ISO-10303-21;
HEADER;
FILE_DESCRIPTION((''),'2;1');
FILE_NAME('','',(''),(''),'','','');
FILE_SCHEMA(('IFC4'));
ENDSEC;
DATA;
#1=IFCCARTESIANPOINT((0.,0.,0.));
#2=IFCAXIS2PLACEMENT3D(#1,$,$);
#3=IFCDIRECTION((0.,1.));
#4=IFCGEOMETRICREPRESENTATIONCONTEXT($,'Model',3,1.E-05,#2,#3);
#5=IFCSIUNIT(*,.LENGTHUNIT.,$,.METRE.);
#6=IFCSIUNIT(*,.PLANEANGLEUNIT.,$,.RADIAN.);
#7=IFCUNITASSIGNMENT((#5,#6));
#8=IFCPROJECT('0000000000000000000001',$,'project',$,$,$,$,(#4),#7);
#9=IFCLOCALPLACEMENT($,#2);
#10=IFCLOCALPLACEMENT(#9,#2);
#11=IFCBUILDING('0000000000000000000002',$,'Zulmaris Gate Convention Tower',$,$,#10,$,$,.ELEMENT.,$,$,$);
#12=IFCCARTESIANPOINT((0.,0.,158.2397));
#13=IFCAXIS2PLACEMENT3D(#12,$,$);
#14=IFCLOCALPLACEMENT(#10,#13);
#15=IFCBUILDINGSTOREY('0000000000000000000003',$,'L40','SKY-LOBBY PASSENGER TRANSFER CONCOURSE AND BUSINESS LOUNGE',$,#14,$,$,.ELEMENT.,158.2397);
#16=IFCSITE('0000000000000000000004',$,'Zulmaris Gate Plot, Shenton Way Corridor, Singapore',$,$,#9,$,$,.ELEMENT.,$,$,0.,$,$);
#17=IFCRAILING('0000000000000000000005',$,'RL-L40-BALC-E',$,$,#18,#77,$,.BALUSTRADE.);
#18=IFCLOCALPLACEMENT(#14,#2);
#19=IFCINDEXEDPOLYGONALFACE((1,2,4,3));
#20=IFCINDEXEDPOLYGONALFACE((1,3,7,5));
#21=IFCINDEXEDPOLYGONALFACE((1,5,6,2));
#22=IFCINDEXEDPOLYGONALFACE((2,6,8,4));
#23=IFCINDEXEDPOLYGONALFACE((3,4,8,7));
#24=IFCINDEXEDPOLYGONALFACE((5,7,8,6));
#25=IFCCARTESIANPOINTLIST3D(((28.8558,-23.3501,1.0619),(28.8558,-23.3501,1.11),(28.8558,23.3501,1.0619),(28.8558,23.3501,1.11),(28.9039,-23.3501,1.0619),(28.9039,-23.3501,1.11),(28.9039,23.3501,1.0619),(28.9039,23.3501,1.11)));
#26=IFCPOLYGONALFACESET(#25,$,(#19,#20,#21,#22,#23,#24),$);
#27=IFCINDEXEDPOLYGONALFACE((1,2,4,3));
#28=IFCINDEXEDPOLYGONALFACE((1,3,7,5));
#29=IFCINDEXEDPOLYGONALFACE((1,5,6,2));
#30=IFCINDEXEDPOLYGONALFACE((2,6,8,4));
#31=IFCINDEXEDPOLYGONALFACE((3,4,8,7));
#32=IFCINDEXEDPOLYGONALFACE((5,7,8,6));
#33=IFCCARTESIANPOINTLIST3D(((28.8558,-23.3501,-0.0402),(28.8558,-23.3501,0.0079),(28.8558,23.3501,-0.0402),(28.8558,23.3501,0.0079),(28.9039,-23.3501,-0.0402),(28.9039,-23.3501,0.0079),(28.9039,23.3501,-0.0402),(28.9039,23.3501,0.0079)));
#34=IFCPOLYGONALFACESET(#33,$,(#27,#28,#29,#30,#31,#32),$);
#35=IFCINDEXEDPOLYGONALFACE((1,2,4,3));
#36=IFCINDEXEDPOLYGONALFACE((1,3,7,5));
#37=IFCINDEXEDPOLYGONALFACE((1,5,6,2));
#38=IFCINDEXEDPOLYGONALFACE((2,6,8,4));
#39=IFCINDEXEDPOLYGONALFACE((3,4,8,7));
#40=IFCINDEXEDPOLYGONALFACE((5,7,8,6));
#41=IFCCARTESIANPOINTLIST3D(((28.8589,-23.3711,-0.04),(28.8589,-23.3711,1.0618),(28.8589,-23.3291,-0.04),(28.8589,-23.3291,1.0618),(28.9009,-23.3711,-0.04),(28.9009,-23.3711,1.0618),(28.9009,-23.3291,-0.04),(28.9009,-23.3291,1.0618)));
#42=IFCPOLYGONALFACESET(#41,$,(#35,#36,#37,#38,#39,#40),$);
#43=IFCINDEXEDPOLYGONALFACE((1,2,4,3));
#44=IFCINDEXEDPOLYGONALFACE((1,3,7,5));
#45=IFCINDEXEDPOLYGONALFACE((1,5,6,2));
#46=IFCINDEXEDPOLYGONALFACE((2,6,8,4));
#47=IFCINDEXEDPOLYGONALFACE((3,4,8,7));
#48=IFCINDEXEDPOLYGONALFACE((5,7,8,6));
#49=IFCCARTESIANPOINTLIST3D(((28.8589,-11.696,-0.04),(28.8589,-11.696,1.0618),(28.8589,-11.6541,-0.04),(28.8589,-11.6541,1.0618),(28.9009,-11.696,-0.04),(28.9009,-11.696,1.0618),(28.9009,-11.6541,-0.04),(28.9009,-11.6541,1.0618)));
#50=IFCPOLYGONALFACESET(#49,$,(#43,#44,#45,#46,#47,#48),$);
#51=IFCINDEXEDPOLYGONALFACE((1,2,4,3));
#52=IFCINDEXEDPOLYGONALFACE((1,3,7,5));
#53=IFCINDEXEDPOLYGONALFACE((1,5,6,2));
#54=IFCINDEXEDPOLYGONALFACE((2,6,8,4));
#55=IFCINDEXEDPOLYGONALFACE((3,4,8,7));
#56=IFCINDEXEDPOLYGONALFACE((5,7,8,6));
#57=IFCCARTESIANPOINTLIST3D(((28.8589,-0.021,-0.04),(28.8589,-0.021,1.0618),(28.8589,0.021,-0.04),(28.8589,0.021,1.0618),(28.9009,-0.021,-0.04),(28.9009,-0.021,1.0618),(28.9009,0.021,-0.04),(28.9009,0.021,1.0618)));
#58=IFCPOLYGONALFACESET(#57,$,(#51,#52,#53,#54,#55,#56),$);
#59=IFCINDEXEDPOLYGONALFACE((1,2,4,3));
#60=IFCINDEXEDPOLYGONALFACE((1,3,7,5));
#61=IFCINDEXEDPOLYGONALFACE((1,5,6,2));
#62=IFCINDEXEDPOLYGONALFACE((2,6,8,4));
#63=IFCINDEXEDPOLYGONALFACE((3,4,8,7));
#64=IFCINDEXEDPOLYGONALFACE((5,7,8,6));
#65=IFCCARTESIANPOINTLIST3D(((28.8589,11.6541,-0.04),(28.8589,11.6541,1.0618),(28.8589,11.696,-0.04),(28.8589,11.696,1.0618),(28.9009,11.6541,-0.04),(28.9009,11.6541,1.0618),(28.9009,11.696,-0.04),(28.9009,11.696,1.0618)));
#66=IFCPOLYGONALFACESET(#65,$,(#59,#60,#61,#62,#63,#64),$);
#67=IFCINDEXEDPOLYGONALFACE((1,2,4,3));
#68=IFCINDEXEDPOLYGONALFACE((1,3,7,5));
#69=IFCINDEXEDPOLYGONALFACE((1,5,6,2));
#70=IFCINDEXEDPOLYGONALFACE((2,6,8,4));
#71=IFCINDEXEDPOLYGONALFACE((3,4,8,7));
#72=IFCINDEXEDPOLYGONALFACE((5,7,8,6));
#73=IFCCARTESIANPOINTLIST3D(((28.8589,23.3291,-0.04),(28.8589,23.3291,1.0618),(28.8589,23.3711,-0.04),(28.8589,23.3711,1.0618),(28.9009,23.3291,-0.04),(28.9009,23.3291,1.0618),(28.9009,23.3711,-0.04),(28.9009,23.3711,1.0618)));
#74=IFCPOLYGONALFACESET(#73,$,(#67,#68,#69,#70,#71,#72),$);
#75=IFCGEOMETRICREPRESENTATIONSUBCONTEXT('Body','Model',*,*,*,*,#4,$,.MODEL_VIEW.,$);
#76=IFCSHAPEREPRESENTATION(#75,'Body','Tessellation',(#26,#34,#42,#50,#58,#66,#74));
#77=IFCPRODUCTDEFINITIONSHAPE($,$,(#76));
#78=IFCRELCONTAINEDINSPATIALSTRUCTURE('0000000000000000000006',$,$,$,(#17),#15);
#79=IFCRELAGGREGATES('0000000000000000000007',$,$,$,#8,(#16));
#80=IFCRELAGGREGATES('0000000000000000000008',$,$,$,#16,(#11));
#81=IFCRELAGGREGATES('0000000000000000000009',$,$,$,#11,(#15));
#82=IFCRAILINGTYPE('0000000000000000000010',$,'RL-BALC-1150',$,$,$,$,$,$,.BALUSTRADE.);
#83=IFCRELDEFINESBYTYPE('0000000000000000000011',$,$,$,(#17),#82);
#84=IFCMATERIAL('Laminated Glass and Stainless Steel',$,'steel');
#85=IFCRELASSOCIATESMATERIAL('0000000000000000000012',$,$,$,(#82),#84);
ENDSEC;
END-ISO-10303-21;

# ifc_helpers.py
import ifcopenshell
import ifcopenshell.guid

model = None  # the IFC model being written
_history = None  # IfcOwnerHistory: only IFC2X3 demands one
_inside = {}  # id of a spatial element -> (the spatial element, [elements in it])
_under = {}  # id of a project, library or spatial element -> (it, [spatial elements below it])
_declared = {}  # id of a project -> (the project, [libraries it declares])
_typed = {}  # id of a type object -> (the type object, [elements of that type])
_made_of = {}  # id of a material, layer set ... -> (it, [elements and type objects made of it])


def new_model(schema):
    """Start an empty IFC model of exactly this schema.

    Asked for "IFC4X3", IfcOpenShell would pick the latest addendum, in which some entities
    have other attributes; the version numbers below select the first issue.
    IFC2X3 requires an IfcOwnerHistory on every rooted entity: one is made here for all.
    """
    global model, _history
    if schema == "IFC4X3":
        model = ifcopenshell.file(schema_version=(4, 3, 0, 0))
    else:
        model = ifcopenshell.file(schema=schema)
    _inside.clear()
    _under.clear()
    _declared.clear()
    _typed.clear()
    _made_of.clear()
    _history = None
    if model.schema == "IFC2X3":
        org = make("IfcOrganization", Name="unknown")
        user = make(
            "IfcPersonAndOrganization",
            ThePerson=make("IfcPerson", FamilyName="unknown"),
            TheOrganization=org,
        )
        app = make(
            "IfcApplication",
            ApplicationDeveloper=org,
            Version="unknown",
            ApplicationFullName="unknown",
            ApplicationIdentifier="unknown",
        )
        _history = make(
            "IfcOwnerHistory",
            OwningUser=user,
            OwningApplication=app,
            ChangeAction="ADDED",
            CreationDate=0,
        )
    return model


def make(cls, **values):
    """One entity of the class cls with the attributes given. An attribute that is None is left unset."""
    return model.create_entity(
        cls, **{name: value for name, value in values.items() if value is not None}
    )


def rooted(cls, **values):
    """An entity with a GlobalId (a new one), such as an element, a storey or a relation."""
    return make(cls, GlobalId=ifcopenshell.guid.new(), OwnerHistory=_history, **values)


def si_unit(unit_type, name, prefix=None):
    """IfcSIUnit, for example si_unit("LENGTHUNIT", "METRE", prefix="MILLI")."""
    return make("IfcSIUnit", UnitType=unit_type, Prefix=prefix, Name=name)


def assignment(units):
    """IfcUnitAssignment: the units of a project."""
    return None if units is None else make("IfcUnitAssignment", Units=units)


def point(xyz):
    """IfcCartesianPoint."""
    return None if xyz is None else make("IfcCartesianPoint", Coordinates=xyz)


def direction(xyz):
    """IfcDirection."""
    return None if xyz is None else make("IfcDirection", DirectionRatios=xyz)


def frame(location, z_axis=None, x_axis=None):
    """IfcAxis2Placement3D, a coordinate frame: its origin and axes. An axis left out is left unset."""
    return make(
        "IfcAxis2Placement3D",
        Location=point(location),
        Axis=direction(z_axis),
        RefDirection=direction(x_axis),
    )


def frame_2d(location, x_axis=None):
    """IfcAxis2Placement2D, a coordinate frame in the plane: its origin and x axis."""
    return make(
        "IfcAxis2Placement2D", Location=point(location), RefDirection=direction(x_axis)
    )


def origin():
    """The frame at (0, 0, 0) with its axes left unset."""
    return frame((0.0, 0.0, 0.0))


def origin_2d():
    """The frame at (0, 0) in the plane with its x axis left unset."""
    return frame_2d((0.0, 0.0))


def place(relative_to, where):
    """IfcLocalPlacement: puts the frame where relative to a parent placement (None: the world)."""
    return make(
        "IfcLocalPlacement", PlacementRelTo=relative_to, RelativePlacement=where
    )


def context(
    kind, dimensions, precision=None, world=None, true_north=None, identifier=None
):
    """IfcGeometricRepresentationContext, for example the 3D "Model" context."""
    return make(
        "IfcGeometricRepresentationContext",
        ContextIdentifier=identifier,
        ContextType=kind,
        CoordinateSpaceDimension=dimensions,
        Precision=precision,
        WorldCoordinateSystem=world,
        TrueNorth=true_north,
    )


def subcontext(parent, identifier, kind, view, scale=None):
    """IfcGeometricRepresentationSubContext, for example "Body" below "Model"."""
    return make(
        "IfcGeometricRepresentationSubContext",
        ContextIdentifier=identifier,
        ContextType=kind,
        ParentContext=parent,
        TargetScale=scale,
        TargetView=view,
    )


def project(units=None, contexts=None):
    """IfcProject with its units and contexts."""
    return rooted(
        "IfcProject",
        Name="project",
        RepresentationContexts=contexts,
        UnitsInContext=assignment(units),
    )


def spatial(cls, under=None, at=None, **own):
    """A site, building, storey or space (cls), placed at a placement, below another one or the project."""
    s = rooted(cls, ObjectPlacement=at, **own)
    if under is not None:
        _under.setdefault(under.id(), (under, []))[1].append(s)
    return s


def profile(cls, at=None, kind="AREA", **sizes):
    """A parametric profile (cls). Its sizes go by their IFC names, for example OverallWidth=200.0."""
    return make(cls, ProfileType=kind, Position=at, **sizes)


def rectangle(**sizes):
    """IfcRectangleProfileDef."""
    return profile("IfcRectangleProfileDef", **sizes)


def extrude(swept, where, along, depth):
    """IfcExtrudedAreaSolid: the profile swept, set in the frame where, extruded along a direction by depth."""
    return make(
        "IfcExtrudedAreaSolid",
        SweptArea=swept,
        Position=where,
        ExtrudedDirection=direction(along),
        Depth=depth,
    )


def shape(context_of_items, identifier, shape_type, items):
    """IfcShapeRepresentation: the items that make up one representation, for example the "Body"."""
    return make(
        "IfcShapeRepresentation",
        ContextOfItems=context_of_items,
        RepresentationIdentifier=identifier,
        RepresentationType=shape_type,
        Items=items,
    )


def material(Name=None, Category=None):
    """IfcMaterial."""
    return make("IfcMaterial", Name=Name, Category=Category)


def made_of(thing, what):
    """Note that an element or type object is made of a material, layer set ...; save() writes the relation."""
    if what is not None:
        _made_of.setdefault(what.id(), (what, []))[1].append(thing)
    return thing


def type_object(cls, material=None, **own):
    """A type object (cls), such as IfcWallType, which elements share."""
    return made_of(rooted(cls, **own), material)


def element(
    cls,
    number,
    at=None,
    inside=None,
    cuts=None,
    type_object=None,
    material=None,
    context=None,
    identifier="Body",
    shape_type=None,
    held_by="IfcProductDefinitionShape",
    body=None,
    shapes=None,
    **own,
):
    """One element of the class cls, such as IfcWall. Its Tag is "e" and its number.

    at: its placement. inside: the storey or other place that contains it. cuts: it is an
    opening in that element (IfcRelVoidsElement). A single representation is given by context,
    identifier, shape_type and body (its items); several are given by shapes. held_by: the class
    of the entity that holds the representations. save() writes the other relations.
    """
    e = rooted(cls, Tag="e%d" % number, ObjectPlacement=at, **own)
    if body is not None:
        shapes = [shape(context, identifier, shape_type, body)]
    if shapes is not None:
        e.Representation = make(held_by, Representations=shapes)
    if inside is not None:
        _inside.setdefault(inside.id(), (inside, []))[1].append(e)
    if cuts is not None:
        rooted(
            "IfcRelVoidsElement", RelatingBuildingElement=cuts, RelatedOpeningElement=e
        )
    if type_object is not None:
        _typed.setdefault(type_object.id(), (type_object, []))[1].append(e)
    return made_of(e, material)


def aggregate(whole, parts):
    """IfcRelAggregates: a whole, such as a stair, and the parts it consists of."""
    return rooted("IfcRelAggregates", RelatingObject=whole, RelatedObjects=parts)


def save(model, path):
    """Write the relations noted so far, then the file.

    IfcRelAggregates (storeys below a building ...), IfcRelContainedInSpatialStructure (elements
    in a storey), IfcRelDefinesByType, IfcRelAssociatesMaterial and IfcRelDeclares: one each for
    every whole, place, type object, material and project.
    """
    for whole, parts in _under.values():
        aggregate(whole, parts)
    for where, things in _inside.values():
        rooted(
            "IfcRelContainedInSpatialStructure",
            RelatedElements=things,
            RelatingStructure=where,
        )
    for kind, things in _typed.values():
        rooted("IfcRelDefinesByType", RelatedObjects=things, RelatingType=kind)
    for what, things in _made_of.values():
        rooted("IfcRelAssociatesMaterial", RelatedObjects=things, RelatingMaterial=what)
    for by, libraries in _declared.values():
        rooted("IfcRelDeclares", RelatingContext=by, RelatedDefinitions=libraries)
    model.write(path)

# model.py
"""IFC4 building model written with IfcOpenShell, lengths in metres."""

from ifc_helpers import new_model, si_unit, direction, frame, origin, origin_2d, place, context, subcontext, project, spatial, rectangle, extrude, material, type_object, element, save


model = new_model("IFC4")

# Units and contexts
model_context = context("Model", 3, precision=1e-05, world=origin(), true_north=direction((0.0, 1.0)))
body_context = subcontext(model_context, "Body", "Model", "MODEL_VIEW")
ifc_project = project(units=[si_unit("LENGTHUNIT", "METRE"), si_unit("PLANEANGLEUNIT", "RADIAN")], contexts=[model_context])

# Site, building, storey
site_placement = place(None, origin())
site = spatial("IfcSite", under=ifc_project, at=site_placement, Name="Zulmaris Gate Plot, Shenton Way Corridor, Singapore", CompositionType="ELEMENT", RefElevation=0.0)
building_placement = place(site_placement, origin())
building = spatial("IfcBuilding", under=site, at=building_placement, Name="Zulmaris Gate Convention Tower", CompositionType="ELEMENT")
storey_placement = place(building_placement, frame((0.0, 0.0, 158.2397)))
storey = spatial("IfcBuildingStorey", under=building, at=storey_placement, Name="L40", Description="SKY-LOBBY PASSENGER TRANSFER CONCOURSE AND BUSINESS LOUNGE", CompositionType="ELEMENT", Elevation=158.2397)

# Railing
ifc_material_1 = material(Name="Laminated Glass and Stainless Steel", Category="steel")
railing_type = type_object("IfcRailingType", Name="RL-BALC-1150", PredefinedType="BALUSTRADE", material=ifc_material_1)
railing_placement = place(storey_placement, frame((28.8799, -23.3501, -0.04)))
element("IfcRailing", 1, at=railing_placement, inside=storey, type_object=railing_type, Name="RL-L40-BALC-E", PredefinedType="BALUSTRADE", context=body_context, shape_type="SweptSolid", body=[
    extrude(rectangle(XDim=0.0481, YDim=0.0481, at=origin_2d()), frame((0.0, 0.0, 1.126), z_axis=(0.0, 1.0, 0.0), x_axis=(-1.0, 0.0, 0.0)), (0.0, 0.0, 1.0), 46.7002),
    extrude(rectangle(XDim=0.0481, YDim=0.0481, at=origin_2d()), frame((0.0, 0.0, 0.0239), z_axis=(0.0, 1.0, 0.0), x_axis=(-1.0, 0.0, 0.0)), (0.0, 0.0, 1.0), 46.7002),
    extrude(rectangle(XDim=0.042, YDim=0.042, at=origin_2d()), origin(), (0.0, 0.0, 1.0), 1.1018),
    extrude(rectangle(XDim=0.042, YDim=0.042, at=origin_2d()), frame((0.0, 11.675, 0.0)), (0.0, 0.0, 1.0), 1.1018),
    extrude(rectangle(XDim=0.042, YDim=0.042, at=origin_2d()), frame((0.0, 23.3501, 0.0)), (0.0, 0.0, 1.0), 1.1018),
    extrude(rectangle(XDim=0.042, YDim=0.042, at=origin_2d()), frame((0.0, 35.0251, 0.0)), (0.0, 0.0, 1.0), 1.1018),
    extrude(rectangle(XDim=0.042, YDim=0.042, at=origin_2d()), frame((0.0, 46.7002, 0.0)), (0.0, 0.0, 1.0), 1.1018),
])

save(model, "model.ifc")
